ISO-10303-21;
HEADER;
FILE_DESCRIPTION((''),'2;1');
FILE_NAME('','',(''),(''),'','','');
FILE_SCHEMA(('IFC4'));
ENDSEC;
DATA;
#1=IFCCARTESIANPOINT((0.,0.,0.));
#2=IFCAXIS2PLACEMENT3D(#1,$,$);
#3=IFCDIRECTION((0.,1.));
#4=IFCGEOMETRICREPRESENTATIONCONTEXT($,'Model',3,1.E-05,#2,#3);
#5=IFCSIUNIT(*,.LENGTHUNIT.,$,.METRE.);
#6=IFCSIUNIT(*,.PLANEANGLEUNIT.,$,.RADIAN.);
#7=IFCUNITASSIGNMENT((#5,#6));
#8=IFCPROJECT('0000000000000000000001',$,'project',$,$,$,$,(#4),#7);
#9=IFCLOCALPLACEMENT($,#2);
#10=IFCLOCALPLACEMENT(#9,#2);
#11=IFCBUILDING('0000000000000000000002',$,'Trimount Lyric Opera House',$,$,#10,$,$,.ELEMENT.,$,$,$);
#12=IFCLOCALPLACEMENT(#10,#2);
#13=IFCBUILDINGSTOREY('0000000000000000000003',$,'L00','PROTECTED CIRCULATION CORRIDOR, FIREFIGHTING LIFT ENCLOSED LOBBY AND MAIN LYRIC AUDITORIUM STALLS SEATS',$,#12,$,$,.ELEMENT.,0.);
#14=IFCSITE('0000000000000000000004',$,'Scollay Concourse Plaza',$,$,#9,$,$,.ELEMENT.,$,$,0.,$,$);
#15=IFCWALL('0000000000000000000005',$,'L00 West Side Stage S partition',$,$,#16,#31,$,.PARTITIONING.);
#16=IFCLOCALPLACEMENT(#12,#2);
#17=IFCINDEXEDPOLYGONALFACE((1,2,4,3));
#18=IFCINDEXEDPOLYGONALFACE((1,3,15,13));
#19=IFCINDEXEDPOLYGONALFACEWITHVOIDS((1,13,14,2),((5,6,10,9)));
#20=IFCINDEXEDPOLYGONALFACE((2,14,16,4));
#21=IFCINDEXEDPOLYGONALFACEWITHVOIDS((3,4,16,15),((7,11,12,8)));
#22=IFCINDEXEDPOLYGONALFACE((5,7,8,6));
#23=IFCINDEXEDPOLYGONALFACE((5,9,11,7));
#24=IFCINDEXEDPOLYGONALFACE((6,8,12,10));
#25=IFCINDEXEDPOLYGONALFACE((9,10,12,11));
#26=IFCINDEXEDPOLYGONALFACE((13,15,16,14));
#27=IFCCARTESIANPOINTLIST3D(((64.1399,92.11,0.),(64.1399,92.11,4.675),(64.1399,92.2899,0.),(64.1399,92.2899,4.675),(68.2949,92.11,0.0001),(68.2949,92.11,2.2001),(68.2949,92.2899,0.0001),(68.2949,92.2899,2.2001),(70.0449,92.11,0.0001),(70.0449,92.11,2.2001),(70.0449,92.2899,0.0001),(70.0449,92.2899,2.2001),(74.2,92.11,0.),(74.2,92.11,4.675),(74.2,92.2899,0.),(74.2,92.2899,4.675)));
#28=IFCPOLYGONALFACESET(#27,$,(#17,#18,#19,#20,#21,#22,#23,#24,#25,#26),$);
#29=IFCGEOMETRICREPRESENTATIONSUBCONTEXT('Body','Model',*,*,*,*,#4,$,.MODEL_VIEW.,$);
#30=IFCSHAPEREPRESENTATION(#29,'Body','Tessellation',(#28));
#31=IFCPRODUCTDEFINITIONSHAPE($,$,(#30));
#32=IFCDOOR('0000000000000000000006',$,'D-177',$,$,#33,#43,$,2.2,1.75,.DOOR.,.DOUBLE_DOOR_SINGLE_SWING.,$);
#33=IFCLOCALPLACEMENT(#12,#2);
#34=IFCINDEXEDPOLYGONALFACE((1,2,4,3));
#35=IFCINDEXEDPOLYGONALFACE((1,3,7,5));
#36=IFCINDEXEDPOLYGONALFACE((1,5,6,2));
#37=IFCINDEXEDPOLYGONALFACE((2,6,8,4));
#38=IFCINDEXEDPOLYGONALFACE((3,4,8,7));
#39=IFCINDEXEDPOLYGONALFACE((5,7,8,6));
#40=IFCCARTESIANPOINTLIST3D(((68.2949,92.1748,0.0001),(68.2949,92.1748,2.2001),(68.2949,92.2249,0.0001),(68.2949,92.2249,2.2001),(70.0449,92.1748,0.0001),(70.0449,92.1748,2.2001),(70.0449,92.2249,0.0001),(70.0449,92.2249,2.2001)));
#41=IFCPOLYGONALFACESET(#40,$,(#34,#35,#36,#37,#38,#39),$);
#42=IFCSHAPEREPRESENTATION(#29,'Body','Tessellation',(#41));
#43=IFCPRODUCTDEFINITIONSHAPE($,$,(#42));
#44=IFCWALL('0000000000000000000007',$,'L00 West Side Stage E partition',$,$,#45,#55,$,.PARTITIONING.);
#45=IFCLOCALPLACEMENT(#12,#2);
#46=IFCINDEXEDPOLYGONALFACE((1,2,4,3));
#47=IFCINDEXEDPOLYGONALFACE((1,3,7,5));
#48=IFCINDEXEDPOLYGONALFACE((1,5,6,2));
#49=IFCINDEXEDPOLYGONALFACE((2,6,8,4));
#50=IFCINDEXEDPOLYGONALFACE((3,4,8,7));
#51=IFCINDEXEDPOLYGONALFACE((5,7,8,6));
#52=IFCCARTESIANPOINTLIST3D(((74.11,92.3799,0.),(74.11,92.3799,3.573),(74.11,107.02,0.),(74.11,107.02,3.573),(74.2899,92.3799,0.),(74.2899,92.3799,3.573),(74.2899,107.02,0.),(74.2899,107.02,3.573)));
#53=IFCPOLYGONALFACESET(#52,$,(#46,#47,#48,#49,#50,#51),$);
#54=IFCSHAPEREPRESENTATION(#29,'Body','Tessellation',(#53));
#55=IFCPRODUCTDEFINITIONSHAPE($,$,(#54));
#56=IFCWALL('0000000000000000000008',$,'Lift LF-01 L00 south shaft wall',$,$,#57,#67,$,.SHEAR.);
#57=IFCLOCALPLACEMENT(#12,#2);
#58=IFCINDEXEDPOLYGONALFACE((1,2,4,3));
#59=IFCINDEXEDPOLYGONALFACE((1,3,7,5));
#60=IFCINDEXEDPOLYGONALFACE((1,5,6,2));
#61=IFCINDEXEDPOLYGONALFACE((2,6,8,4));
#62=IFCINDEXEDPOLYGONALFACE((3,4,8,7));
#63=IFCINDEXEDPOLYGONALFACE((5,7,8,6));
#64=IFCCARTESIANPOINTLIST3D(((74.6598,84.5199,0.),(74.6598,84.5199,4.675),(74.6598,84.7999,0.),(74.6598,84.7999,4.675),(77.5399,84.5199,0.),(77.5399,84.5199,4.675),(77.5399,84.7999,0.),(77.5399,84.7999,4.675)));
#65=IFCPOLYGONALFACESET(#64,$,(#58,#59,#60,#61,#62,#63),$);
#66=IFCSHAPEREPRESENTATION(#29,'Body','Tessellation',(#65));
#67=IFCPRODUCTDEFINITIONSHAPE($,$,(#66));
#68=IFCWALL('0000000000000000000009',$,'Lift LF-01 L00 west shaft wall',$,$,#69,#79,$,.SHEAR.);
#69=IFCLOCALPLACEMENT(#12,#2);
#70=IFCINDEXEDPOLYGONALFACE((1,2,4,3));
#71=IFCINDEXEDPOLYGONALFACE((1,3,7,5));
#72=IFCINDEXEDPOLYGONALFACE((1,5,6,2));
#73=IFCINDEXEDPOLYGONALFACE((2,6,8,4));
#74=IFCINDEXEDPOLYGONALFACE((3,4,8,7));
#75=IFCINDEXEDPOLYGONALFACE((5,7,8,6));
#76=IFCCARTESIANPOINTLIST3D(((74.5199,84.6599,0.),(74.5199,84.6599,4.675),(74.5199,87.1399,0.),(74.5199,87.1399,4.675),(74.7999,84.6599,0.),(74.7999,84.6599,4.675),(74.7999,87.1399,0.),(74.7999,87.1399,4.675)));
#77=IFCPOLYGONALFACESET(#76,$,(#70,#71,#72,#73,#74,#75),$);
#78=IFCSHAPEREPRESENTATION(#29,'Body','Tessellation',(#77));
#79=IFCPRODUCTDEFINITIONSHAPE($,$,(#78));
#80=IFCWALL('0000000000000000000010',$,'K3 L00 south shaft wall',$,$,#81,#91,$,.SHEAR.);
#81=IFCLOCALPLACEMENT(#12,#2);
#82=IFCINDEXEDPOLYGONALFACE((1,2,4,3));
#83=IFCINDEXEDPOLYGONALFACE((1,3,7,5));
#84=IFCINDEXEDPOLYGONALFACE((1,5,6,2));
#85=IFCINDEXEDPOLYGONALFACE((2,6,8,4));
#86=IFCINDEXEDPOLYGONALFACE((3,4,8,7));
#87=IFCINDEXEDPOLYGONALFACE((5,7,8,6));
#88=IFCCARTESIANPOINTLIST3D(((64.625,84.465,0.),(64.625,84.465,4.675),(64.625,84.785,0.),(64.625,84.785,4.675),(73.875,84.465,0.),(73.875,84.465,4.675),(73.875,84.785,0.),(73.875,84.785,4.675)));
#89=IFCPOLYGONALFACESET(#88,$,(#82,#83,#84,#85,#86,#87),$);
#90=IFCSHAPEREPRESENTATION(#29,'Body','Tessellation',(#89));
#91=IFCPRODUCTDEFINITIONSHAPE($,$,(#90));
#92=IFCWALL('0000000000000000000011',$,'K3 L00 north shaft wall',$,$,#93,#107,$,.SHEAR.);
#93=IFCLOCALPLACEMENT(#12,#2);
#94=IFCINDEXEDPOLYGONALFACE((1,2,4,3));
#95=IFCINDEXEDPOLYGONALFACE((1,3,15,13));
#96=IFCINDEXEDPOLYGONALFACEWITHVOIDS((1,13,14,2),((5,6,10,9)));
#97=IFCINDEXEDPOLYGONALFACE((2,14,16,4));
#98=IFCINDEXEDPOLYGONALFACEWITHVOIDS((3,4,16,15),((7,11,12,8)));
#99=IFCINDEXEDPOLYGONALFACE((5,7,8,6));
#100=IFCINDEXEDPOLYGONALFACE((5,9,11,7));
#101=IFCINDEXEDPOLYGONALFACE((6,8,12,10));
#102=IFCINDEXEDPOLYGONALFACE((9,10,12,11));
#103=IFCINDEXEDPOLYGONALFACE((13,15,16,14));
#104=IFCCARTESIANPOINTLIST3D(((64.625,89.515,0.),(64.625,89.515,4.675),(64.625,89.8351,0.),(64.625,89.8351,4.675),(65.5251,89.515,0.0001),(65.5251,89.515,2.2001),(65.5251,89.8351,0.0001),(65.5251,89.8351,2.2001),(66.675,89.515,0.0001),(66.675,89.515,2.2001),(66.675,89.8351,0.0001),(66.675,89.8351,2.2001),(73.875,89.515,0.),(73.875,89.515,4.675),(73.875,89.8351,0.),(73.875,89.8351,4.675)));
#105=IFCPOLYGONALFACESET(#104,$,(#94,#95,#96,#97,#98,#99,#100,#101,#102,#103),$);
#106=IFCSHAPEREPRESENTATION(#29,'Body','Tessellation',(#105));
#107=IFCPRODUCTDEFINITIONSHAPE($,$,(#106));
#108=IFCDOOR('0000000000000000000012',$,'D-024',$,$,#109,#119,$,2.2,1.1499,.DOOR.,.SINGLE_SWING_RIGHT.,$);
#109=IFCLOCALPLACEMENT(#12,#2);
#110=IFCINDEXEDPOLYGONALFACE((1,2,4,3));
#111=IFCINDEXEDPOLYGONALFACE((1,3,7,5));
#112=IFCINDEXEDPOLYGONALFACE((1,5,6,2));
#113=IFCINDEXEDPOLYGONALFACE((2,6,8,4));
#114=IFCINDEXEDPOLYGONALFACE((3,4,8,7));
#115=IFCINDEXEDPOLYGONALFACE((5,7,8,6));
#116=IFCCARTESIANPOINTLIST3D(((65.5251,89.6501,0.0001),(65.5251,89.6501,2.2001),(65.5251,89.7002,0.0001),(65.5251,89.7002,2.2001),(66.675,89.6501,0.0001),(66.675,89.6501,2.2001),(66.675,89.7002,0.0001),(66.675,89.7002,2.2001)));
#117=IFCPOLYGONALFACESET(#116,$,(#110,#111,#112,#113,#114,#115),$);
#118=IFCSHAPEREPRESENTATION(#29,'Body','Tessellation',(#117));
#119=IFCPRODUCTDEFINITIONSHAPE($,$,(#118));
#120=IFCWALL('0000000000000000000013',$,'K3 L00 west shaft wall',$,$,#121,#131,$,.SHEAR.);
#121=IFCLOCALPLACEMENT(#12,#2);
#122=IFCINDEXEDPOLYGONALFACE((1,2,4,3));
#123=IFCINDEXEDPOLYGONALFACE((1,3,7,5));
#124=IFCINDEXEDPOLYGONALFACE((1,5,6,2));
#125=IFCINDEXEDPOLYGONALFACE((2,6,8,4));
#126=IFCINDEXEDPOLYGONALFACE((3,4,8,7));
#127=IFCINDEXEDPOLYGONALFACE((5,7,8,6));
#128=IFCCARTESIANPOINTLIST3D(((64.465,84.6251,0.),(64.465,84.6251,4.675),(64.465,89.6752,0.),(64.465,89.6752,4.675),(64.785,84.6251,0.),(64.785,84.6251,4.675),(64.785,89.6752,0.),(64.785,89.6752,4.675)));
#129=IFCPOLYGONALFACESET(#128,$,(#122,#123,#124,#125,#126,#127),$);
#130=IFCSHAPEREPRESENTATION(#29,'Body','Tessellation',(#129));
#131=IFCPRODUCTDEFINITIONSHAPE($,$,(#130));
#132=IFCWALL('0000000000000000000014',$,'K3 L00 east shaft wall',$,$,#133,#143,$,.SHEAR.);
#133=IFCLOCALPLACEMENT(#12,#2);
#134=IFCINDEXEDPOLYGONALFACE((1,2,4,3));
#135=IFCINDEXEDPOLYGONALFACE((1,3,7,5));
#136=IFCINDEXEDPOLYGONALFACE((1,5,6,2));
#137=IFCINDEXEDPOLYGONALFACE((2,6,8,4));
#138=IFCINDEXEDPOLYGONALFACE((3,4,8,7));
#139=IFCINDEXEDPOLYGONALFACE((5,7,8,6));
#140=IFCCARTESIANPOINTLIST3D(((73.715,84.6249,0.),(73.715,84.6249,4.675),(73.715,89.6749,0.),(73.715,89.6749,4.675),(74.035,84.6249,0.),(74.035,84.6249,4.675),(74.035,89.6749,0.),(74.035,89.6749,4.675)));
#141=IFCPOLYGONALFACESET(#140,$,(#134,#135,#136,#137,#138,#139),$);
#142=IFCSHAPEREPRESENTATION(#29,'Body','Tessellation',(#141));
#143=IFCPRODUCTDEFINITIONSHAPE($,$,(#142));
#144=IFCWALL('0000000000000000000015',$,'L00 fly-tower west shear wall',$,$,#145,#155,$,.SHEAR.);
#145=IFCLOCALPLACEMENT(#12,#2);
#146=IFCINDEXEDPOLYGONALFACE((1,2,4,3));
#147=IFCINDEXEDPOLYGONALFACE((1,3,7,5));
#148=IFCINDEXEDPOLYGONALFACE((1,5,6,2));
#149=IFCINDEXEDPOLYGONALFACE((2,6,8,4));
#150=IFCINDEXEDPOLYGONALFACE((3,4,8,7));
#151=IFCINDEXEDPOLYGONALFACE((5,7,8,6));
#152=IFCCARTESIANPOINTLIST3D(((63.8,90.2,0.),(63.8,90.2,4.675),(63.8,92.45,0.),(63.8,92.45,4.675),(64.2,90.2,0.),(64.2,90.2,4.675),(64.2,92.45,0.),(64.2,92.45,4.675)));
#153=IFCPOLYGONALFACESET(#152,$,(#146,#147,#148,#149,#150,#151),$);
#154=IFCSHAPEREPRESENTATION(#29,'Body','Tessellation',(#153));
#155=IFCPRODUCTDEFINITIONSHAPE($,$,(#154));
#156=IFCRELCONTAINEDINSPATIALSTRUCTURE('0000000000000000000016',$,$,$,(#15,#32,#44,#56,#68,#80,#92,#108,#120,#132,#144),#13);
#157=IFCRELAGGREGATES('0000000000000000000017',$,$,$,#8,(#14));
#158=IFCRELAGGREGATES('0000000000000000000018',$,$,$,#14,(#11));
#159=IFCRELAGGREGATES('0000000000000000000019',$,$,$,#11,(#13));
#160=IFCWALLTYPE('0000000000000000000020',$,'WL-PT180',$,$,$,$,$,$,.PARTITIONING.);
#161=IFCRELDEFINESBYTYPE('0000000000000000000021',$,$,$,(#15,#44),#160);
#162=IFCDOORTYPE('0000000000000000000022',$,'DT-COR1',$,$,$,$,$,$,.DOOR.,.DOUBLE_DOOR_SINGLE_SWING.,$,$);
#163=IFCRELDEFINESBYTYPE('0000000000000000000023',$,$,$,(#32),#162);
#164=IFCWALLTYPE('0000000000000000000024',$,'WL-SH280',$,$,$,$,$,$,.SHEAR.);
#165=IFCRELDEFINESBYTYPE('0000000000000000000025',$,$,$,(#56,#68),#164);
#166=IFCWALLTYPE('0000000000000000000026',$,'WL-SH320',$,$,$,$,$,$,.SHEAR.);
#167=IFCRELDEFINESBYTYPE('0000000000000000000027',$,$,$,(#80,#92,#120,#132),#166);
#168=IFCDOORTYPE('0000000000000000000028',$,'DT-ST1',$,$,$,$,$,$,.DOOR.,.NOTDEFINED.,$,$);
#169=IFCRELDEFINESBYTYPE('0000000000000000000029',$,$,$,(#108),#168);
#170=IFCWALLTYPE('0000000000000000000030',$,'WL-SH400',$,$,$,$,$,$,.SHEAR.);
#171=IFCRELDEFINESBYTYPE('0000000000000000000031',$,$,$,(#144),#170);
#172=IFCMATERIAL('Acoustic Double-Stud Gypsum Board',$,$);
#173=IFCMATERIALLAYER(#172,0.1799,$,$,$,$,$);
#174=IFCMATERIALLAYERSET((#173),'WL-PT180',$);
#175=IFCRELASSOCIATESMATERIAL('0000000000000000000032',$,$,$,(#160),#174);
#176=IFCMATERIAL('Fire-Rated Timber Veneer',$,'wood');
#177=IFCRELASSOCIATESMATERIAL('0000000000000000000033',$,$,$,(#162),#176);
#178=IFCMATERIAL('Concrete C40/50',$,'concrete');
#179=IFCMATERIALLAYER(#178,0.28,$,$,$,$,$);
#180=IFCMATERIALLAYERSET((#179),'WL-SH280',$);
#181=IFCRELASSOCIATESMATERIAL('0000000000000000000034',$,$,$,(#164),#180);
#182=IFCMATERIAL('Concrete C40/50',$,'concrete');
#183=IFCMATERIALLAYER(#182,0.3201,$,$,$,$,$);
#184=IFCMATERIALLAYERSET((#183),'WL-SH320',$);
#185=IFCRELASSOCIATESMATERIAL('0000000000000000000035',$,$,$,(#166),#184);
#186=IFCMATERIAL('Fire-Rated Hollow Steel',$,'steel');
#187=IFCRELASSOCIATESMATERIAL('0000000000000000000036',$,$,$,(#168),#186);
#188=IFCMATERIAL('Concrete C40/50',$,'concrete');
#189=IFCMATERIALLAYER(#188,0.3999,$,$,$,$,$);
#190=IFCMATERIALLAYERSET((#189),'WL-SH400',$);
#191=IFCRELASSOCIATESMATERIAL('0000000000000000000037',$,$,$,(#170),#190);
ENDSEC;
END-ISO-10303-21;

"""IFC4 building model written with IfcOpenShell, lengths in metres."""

from ifc_helpers import new_model, si_unit, direction, frame, frame_2d, origin, place, context, subcontext, project, spatial, rectangle, extrude, material, layer, layer_set, type_object, element, fill, save


model = new_model("IFC4")

# Units and contexts
model_context = context("Model", 3, precision=1e-05, world=origin(), true_north=direction((0.0, 1.0)))
body_context = subcontext(model_context, "Body", "Model", "MODEL_VIEW")
ifc_project = project(units=[si_unit("LENGTHUNIT", "METRE"), si_unit("PLANEANGLEUNIT", "RADIAN")], contexts=[model_context])

# Site, building, storey
site_placement = place(None, origin())
site = spatial("IfcSite", under=ifc_project, at=site_placement, Name="Scollay Concourse Plaza", CompositionType="ELEMENT", RefElevation=0.0)
building_placement = place(site_placement, origin())
building = spatial("IfcBuilding", under=site, at=building_placement, Name="Trimount Lyric Opera House", CompositionType="ELEMENT")
storey_placement = place(building_placement, origin())
storey = spatial("IfcBuildingStorey", under=building, at=storey_placement, Name="L00", Description="PROTECTED CIRCULATION CORRIDOR, FIREFIGHTING LIFT ENCLOSED LOBBY AND MAIN LYRIC AUDITORIUM STALLS SEATS", CompositionType="ELEMENT", Elevation=0.0)

# Wall, opening, door
ifc_material_1 = material(Name="Acoustic Double-Stud Gypsum Board")
ifc_layer_1 = layer(ifc_material_1, 0.1799)
ifc_layer_set_1 = layer_set([ifc_layer_1], Name="WL-PT180")
wall_type_1 = type_object("IfcWallType", Name="WL-PT180", PredefinedType="PARTITIONING", material=ifc_layer_set_1)
wall_1_placement = place(storey_placement, frame((64.1399, 92.2, 0.0), z_axis=(0.0, 0.0, 1.0), x_axis=(1.0, 0.0, 0.0)))
wall_1 = element("IfcWall", 1, at=wall_1_placement, inside=storey, type_object=wall_type_1, Name="L00 West Side Stage S partition", PredefinedType="PARTITIONING", context=body_context, shape_type="SweptSolid", body=[
    extrude(rectangle(XDim=10.0601, YDim=0.1799, at=frame_2d((5.03, 0.0))), origin(), (0.0, 0.0, 1.0), 4.675),
])
opening_1_placement = place(wall_1_placement, frame((4.155, 0.0, 0.0)))
opening_1 = element("IfcOpeningElement", 2, at=opening_1_placement, cuts=wall_1, PredefinedType="OPENING", context=body_context, shape_type="SweptSolid", body=[
    extrude(rectangle(XDim=1.75, YDim=2.2, at=frame_2d((0.875, 1.1001))), frame((0.0, 0.1001, 0.0), z_axis=(0.0, -1.0, 0.0), x_axis=(1.0, 0.0, 0.0)), (0.0, 0.0, 1.0), 0.2),
])
ifc_material_2 = material(Name="Fire-Rated Timber Veneer", Category="wood")
door_type_1 = type_object("IfcDoorType", Name="DT-COR1", OperationType="DOUBLE_DOOR_SINGLE_SWING", PredefinedType="DOOR", material=ifc_material_2)
door_1_placement = place(opening_1_placement, origin())
door_1 = element("IfcDoor", 3, at=door_1_placement, inside=storey, type_object=door_type_1, Name="D-177", OperationType="DOUBLE_DOOR_SINGLE_SWING", OverallHeight=2.2, OverallWidth=1.75, PredefinedType="DOOR", context=body_context, shape_type="SweptSolid", body=[
    extrude(rectangle(XDim=1.75, YDim=2.2, at=frame_2d((0.875, 1.1001))), frame((0.0, 0.0249, 0.0), z_axis=(0.0, -1.0, 0.0), x_axis=(1.0, 0.0, 0.0)), (0.0, 0.0, 1.0), 0.05),
])
fill(opening_1, door_1)

# Walls
wall_2_placement = place(storey_placement, frame((74.2, 92.3799, 0.0), z_axis=(0.0, 0.0, 1.0), x_axis=(0.0, 1.0, 0.0)))
element("IfcWall", 4, at=wall_2_placement, inside=storey, type_object=wall_type_1, Name="L00 West Side Stage E partition", PredefinedType="PARTITIONING", context=body_context, shape_type="SweptSolid", body=[
    extrude(rectangle(XDim=14.6401, YDim=0.1799, at=frame_2d((7.3201, 0.0))), origin(), (0.0, 0.0, 1.0), 3.573),
])
ifc_material_3 = material(Name="Concrete C40/50", Category="concrete")
ifc_layer_2 = layer(ifc_material_3, 0.28)
ifc_layer_set_2 = layer_set([ifc_layer_2], Name="WL-SH280")
wall_type_2 = type_object("IfcWallType", Name="WL-SH280", PredefinedType="SHEAR", material=ifc_layer_set_2)
wall_3_placement = place(storey_placement, frame((74.6599, 84.6599, 0.0), z_axis=(0.0, 0.0, 1.0), x_axis=(1.0, 0.0, 0.0)))
element("IfcWall", 5, at=wall_3_placement, inside=storey, type_object=wall_type_2, Name="Lift LF-01 L00 south shaft wall", PredefinedType="SHEAR", context=body_context, shape_type="SweptSolid", body=[
    extrude(rectangle(XDim=2.8801, YDim=0.28, at=frame_2d((1.4399, 0.0))), origin(), (0.0, 0.0, 1.0), 4.675),
])
wall_4_placement = place(storey_placement, frame((74.6599, 87.1399, 0.0), z_axis=(0.0, 0.0, 1.0), x_axis=(0.0, -1.0, 0.0)))
element("IfcWall", 6, at=wall_4_placement, inside=storey, type_object=wall_type_2, Name="Lift LF-01 L00 west shaft wall", PredefinedType="SHEAR", context=body_context, shape_type="SweptSolid", body=[
    extrude(rectangle(XDim=2.48, YDim=0.28, at=frame_2d((1.24, 0.0))), origin(), (0.0, 0.0, 1.0), 4.675),
])
ifc_material_4 = material(Name="Concrete C40/50", Category="concrete")
ifc_layer_3 = layer(ifc_material_4, 0.3201)
ifc_layer_set_3 = layer_set([ifc_layer_3], Name="WL-SH320")
wall_type_3 = type_object("IfcWallType", Name="WL-SH320", PredefinedType="SHEAR", material=ifc_layer_set_3)
wall_5_placement = place(storey_placement, frame((64.625, 84.625, 0.0), z_axis=(0.0, 0.0, 1.0), x_axis=(1.0, 0.0, 0.0)))
element("IfcWall", 7, at=wall_5_placement, inside=storey, type_object=wall_type_3, Name="K3 L00 south shaft wall", PredefinedType="SHEAR", context=body_context, shape_type="SweptSolid", body=[
    extrude(rectangle(XDim=9.25, YDim=0.3201, at=frame_2d((4.625, 0.0))), origin(), (0.0, 0.0, 1.0), 4.675),
])

# Wall, opening, door
wall_6_placement = place(storey_placement, frame((73.875, 89.675, 0.0), z_axis=(0.0, 0.0, 1.0), x_axis=(-1.0, 0.0, 0.0)))
wall_6 = element("IfcWall", 8, at=wall_6_placement, inside=storey, type_object=wall_type_3, Name="K3 L00 north shaft wall", PredefinedType="SHEAR", context=body_context, shape_type="SweptSolid", body=[
    extrude(rectangle(XDim=9.25, YDim=0.3201, at=frame_2d((4.625, 0.0))), origin(), (0.0, 0.0, 1.0), 4.675),
])
opening_2_placement = place(wall_6_placement, frame((7.2, 0.0, 0.0)))
opening_2 = element("IfcOpeningElement", 9, at=opening_2_placement, cuts=wall_6, PredefinedType="OPENING", context=body_context, shape_type="SweptSolid", body=[
    extrude(rectangle(XDim=1.1499, YDim=2.2, at=frame_2d((0.575, 1.1001))), frame((0.0, 0.1699, 0.0), z_axis=(0.0, -1.0, 0.0), x_axis=(1.0, 0.0, 0.0)), (0.0, 0.0, 1.0), 0.3401),
])
ifc_material_5 = material(Name="Fire-Rated Hollow Steel", Category="steel")
door_type_2 = type_object("IfcDoorType", Name="DT-ST1", OperationType="NOTDEFINED", PredefinedType="DOOR", material=ifc_material_5)
door_2_placement = place(opening_2_placement, origin())
door_2 = element("IfcDoor", 10, at=door_2_placement, inside=storey, type_object=door_type_2, Name="D-024", OperationType="SINGLE_SWING_RIGHT", OverallHeight=2.2, OverallWidth=1.1499, PredefinedType="DOOR", context=body_context, shape_type="SweptSolid", body=[
    extrude(rectangle(XDim=1.1499, YDim=2.2, at=frame_2d((0.575, 1.1001))), frame((0.0, 0.0249, 0.0), z_axis=(0.0, -1.0, 0.0), x_axis=(1.0, 0.0, 0.0)), (0.0, 0.0, 1.0), 0.05),
])
fill(opening_2, door_2)

# Walls
for number, where, z_axis, x_axis, name in (
    (11, (64.625, 89.675, 0.0), (0.0, 0.0, 1.0), (0.0, -1.0, 0.0), "K3 L00 west shaft wall"),
    (12, (73.875, 84.625, 0.0), (0.0, 0.0, 1.0), (0.0, 1.0, 0.0), "K3 L00 east shaft wall"),
):
    element("IfcWall", number, at=place(storey_placement, frame(where, z_axis=z_axis, x_axis=x_axis)), inside=storey, type_object=wall_type_3, Name=name, PredefinedType="SHEAR", context=body_context, shape_type="SweptSolid", body=[
        extrude(rectangle(XDim=5.05, YDim=0.3201, at=frame_2d((2.5249, 0.0))), origin(), (0.0, 0.0, 1.0), 4.675),
    ])
ifc_material_6 = material(Name="Concrete C40/50", Category="concrete")
ifc_layer_4 = layer(ifc_material_6, 0.3999)
ifc_layer_set_4 = layer_set([ifc_layer_4], Name="WL-SH400")
wall_type_4 = type_object("IfcWallType", Name="WL-SH400", PredefinedType="SHEAR", material=ifc_layer_set_4)
wall_7_placement = place(storey_placement, frame((64.0, 90.2, 0.0), z_axis=(0.0, 0.0, 1.0), x_axis=(0.0, 1.0, 0.0)))
element("IfcWall", 13, at=wall_7_placement, inside=storey, type_object=wall_type_4, Name="L00 fly-tower west shear wall", PredefinedType="SHEAR", context=body_context, shape_type="SweptSolid", body=[
    extrude(rectangle(XDim=2.25, YDim=0.3999, at=frame_2d((1.125, 0.0))), origin(), (0.0, 0.0, 1.0), 4.675),
])

save(model, "model.ifc")
